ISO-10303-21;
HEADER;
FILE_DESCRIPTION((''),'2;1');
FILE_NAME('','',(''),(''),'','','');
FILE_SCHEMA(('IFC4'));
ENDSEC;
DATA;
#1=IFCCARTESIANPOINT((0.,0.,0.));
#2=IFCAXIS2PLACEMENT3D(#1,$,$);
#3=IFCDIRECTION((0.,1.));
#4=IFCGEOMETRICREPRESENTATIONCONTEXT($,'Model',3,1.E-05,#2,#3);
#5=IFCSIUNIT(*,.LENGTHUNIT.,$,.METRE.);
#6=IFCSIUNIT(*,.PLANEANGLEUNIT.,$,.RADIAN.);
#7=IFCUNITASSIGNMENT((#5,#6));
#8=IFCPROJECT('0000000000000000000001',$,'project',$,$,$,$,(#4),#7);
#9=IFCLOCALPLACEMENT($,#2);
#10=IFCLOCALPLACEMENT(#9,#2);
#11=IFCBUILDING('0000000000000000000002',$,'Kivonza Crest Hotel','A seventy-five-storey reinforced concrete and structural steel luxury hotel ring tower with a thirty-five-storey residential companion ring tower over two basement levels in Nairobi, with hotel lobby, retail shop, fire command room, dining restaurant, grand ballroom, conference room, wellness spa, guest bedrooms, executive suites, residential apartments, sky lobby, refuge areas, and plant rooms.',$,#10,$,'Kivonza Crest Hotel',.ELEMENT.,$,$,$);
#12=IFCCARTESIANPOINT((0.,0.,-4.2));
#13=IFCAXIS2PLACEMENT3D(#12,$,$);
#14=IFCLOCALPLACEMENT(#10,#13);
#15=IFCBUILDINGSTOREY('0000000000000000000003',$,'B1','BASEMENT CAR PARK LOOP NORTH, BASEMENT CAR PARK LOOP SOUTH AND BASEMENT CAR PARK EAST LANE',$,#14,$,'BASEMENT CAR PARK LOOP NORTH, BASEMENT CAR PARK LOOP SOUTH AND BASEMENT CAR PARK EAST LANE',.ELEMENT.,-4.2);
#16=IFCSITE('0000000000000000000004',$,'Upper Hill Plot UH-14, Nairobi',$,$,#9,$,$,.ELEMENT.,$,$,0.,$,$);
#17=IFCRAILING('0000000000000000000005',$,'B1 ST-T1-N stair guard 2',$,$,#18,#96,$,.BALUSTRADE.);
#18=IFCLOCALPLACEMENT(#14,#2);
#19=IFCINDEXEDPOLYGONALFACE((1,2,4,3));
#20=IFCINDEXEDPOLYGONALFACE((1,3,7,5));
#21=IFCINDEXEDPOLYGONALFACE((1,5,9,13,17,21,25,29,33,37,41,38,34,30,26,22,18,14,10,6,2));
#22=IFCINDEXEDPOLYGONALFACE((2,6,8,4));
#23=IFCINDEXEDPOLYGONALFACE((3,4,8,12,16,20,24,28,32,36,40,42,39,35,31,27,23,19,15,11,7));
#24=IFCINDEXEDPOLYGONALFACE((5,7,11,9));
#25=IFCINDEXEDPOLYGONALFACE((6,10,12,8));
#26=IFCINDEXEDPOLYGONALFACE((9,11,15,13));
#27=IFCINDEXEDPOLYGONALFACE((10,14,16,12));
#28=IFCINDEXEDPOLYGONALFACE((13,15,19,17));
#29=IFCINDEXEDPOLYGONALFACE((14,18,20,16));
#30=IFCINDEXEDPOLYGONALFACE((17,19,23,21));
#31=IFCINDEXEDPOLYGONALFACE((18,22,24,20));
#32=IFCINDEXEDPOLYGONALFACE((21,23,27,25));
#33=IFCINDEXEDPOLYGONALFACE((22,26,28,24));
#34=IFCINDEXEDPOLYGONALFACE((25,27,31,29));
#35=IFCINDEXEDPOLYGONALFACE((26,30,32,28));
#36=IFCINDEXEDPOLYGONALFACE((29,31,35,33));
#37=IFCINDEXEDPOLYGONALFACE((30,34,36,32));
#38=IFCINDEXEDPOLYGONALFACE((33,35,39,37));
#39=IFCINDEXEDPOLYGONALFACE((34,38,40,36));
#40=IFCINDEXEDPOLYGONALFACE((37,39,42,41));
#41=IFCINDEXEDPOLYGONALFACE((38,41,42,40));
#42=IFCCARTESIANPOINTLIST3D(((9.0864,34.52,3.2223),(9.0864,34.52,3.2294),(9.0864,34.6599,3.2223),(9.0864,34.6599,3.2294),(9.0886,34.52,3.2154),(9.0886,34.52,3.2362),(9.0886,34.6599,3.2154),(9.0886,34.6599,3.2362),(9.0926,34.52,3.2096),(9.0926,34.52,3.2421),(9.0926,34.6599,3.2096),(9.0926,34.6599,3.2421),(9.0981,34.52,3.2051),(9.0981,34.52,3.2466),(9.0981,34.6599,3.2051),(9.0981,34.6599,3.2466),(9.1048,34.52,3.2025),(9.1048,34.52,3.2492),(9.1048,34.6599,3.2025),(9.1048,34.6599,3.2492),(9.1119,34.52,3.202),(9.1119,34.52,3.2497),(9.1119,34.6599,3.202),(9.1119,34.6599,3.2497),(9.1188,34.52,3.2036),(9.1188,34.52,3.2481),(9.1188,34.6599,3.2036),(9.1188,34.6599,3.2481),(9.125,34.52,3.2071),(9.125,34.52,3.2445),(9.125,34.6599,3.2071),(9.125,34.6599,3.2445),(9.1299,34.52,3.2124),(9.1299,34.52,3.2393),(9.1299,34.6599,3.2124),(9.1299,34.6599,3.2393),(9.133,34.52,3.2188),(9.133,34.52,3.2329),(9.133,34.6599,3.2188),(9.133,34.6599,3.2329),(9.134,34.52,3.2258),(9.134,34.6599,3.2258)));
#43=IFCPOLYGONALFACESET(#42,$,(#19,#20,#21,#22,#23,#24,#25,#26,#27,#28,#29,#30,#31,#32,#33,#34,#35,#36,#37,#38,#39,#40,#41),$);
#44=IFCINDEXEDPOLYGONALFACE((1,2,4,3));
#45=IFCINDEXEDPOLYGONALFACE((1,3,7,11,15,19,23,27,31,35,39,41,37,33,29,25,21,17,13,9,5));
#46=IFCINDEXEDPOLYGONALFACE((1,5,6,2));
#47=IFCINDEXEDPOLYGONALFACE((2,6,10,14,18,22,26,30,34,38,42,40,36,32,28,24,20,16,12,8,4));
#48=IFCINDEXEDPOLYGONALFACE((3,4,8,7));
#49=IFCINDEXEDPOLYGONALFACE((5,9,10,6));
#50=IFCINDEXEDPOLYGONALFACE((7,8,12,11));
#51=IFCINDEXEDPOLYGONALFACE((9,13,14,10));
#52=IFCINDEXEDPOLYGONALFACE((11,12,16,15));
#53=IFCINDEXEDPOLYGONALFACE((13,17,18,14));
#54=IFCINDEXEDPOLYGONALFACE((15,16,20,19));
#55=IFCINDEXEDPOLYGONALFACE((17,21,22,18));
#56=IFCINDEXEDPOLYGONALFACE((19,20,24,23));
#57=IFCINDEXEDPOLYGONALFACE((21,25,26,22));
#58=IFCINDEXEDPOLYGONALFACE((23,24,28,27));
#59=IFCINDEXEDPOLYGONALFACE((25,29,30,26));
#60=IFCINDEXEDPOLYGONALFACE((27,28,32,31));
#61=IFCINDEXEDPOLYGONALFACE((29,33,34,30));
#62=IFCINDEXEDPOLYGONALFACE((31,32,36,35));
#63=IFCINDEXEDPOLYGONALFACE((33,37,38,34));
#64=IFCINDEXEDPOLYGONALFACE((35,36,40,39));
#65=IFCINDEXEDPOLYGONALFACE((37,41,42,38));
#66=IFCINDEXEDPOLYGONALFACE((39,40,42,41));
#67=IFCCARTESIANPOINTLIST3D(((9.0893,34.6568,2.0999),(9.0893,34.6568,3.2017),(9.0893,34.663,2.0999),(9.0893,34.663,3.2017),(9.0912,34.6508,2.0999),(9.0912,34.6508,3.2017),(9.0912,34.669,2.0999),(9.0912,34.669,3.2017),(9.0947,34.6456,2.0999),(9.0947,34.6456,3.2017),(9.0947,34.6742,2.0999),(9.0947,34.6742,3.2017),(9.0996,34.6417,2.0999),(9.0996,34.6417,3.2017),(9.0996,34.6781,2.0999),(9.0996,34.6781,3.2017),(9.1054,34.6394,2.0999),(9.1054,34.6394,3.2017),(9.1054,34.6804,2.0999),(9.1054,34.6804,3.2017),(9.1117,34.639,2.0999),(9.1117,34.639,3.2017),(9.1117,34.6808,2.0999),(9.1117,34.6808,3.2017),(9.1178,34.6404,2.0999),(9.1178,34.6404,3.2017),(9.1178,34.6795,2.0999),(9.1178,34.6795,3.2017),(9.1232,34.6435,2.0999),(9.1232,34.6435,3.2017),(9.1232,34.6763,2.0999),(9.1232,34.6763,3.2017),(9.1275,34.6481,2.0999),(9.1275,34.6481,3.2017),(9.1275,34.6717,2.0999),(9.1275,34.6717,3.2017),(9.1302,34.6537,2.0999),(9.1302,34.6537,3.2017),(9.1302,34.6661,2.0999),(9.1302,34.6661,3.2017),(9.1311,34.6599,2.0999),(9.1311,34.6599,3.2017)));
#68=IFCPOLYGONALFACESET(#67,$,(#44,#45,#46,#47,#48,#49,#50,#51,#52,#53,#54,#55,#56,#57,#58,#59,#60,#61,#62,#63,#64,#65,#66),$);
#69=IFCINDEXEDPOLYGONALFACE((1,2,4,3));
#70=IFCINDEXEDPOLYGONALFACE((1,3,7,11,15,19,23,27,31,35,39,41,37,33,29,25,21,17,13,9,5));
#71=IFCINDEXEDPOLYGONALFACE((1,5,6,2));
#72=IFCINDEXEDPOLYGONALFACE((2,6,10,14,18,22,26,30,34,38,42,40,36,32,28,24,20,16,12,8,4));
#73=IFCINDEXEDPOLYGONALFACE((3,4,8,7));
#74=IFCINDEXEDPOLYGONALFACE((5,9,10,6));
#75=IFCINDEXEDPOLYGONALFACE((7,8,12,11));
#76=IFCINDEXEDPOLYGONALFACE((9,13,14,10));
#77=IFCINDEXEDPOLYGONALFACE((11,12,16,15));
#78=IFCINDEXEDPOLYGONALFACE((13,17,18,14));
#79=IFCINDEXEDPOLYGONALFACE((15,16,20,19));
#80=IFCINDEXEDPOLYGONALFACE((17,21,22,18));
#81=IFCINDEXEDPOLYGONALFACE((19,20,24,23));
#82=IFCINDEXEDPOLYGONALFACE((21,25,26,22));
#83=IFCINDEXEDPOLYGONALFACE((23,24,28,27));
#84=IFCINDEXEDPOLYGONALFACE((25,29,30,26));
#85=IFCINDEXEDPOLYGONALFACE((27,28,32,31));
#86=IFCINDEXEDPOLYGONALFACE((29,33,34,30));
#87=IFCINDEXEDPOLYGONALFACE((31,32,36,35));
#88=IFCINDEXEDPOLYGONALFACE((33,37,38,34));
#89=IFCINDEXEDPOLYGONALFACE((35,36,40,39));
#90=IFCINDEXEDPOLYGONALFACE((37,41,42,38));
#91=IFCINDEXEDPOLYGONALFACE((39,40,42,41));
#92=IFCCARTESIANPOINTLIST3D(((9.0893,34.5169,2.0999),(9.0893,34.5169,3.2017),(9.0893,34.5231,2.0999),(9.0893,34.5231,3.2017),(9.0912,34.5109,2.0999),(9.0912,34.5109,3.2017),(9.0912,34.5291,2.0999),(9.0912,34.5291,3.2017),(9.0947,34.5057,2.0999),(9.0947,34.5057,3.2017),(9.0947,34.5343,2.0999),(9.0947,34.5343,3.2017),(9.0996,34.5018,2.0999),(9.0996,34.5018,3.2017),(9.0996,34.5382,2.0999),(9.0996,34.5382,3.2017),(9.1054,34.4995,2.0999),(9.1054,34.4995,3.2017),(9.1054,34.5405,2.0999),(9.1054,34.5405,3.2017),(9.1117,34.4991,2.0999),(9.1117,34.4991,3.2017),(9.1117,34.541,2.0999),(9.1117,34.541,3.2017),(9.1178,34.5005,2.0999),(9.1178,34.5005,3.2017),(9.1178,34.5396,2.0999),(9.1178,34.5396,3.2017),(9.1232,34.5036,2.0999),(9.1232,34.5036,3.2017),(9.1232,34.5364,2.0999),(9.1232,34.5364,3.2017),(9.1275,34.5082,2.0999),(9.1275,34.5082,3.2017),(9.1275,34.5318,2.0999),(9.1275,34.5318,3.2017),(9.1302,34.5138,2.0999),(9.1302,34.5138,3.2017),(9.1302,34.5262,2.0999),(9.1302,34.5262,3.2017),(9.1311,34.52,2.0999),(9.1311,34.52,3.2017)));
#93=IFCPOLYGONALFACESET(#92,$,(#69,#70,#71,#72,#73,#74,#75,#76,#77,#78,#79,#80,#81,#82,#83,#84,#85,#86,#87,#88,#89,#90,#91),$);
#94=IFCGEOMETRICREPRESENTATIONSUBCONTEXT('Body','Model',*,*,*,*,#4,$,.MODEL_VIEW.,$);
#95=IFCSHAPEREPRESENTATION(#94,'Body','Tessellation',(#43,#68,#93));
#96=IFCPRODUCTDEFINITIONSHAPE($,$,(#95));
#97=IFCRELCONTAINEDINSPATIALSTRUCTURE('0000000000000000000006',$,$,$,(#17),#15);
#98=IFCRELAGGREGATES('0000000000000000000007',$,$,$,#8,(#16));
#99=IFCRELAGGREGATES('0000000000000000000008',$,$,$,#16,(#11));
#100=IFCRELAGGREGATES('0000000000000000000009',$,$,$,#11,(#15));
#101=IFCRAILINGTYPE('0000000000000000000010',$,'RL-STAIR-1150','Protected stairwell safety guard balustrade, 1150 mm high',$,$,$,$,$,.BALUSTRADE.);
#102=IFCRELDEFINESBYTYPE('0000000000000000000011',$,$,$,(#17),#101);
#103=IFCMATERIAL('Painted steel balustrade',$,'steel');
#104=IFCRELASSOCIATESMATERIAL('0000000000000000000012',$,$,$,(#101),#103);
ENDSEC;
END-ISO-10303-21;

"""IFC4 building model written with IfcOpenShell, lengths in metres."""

from ifc_helpers import new_model, si_unit, direction, frame, origin, origin_2d, place, context, subcontext, project, spatial, circle, extrude, material, type_object, element, save


model = new_model("IFC4")

# Units and contexts
model_context = context("Model", 3, precision=1e-05, world=origin(), true_north=direction((0.0, 1.0)))
body_context = subcontext(model_context, "Body", "Model", "MODEL_VIEW")
ifc_project = project(units=[si_unit("LENGTHUNIT", "METRE"), si_unit("PLANEANGLEUNIT", "RADIAN")], contexts=[model_context])

# Site, building, storey
site_placement = place(None, origin())
site = spatial("IfcSite", under=ifc_project, at=site_placement, Name="Upper Hill Plot UH-14, Nairobi", CompositionType="ELEMENT", RefElevation=0.0)
building_placement = place(site_placement, origin())
building = spatial("IfcBuilding", under=site, at=building_placement, Name="Kivonza Crest Hotel", Description="A seventy-five-storey reinforced concrete and structural steel luxury hotel ring tower with a thirty-five-storey residential companion ring tower over two basement levels in Nairobi, with hotel lobby, retail shop, fire command room, dining restaurant, grand ballroom, conference room, wellness spa, guest bedrooms, executive suites, residential apartments, sky lobby, refuge areas, and plant rooms.", LongName="Kivonza Crest Hotel", CompositionType="ELEMENT")
storey_placement = place(building_placement, frame((0.0, 0.0, -4.2)))
storey = spatial("IfcBuildingStorey", under=building, at=storey_placement, Name="B1", Description="BASEMENT CAR PARK LOOP NORTH, BASEMENT CAR PARK LOOP SOUTH AND BASEMENT CAR PARK EAST LANE", LongName="BASEMENT CAR PARK LOOP NORTH, BASEMENT CAR PARK LOOP SOUTH AND BASEMENT CAR PARK EAST LANE", CompositionType="ELEMENT", Elevation=-4.2)

# Railing
ifc_material_1 = material(Name="Painted steel balustrade", Category="steel")
railing_type_1 = type_object("IfcRailingType", Name="RL-STAIR-1150", Description="Protected stairwell safety guard balustrade, 1150 mm high", PredefinedType="BALUSTRADE", material=ifc_material_1)
railing_1_placement = place(storey_placement, frame((9.1101, 34.6599, 2.0999)))
element("IfcRailing", 1, at=railing_1_placement, inside=storey, type_object=railing_type_1, Name="B1 ST-T1-N stair guard 2", PredefinedType="BALUSTRADE", context=body_context, shape_type="SweptSolid", body=[
    extrude(circle(Radius=0.0239, at=origin_2d()), frame((0.0, 0.0, 1.126), z_axis=(0.0, -1.0, 0.0), x_axis=(1.0, 0.0, 0.0)), (0.0, 0.0, 1.0), 0.1399),
    extrude(circle(Radius=0.021, at=origin_2d()), origin(), (0.0, 0.0, 1.0), 1.1018),
    extrude(circle(Radius=0.021, at=origin_2d()), frame((0.0, -0.1399, 0.0)), (0.0, 0.0, 1.0), 1.1018),
])

save(model, "model.ifc")
